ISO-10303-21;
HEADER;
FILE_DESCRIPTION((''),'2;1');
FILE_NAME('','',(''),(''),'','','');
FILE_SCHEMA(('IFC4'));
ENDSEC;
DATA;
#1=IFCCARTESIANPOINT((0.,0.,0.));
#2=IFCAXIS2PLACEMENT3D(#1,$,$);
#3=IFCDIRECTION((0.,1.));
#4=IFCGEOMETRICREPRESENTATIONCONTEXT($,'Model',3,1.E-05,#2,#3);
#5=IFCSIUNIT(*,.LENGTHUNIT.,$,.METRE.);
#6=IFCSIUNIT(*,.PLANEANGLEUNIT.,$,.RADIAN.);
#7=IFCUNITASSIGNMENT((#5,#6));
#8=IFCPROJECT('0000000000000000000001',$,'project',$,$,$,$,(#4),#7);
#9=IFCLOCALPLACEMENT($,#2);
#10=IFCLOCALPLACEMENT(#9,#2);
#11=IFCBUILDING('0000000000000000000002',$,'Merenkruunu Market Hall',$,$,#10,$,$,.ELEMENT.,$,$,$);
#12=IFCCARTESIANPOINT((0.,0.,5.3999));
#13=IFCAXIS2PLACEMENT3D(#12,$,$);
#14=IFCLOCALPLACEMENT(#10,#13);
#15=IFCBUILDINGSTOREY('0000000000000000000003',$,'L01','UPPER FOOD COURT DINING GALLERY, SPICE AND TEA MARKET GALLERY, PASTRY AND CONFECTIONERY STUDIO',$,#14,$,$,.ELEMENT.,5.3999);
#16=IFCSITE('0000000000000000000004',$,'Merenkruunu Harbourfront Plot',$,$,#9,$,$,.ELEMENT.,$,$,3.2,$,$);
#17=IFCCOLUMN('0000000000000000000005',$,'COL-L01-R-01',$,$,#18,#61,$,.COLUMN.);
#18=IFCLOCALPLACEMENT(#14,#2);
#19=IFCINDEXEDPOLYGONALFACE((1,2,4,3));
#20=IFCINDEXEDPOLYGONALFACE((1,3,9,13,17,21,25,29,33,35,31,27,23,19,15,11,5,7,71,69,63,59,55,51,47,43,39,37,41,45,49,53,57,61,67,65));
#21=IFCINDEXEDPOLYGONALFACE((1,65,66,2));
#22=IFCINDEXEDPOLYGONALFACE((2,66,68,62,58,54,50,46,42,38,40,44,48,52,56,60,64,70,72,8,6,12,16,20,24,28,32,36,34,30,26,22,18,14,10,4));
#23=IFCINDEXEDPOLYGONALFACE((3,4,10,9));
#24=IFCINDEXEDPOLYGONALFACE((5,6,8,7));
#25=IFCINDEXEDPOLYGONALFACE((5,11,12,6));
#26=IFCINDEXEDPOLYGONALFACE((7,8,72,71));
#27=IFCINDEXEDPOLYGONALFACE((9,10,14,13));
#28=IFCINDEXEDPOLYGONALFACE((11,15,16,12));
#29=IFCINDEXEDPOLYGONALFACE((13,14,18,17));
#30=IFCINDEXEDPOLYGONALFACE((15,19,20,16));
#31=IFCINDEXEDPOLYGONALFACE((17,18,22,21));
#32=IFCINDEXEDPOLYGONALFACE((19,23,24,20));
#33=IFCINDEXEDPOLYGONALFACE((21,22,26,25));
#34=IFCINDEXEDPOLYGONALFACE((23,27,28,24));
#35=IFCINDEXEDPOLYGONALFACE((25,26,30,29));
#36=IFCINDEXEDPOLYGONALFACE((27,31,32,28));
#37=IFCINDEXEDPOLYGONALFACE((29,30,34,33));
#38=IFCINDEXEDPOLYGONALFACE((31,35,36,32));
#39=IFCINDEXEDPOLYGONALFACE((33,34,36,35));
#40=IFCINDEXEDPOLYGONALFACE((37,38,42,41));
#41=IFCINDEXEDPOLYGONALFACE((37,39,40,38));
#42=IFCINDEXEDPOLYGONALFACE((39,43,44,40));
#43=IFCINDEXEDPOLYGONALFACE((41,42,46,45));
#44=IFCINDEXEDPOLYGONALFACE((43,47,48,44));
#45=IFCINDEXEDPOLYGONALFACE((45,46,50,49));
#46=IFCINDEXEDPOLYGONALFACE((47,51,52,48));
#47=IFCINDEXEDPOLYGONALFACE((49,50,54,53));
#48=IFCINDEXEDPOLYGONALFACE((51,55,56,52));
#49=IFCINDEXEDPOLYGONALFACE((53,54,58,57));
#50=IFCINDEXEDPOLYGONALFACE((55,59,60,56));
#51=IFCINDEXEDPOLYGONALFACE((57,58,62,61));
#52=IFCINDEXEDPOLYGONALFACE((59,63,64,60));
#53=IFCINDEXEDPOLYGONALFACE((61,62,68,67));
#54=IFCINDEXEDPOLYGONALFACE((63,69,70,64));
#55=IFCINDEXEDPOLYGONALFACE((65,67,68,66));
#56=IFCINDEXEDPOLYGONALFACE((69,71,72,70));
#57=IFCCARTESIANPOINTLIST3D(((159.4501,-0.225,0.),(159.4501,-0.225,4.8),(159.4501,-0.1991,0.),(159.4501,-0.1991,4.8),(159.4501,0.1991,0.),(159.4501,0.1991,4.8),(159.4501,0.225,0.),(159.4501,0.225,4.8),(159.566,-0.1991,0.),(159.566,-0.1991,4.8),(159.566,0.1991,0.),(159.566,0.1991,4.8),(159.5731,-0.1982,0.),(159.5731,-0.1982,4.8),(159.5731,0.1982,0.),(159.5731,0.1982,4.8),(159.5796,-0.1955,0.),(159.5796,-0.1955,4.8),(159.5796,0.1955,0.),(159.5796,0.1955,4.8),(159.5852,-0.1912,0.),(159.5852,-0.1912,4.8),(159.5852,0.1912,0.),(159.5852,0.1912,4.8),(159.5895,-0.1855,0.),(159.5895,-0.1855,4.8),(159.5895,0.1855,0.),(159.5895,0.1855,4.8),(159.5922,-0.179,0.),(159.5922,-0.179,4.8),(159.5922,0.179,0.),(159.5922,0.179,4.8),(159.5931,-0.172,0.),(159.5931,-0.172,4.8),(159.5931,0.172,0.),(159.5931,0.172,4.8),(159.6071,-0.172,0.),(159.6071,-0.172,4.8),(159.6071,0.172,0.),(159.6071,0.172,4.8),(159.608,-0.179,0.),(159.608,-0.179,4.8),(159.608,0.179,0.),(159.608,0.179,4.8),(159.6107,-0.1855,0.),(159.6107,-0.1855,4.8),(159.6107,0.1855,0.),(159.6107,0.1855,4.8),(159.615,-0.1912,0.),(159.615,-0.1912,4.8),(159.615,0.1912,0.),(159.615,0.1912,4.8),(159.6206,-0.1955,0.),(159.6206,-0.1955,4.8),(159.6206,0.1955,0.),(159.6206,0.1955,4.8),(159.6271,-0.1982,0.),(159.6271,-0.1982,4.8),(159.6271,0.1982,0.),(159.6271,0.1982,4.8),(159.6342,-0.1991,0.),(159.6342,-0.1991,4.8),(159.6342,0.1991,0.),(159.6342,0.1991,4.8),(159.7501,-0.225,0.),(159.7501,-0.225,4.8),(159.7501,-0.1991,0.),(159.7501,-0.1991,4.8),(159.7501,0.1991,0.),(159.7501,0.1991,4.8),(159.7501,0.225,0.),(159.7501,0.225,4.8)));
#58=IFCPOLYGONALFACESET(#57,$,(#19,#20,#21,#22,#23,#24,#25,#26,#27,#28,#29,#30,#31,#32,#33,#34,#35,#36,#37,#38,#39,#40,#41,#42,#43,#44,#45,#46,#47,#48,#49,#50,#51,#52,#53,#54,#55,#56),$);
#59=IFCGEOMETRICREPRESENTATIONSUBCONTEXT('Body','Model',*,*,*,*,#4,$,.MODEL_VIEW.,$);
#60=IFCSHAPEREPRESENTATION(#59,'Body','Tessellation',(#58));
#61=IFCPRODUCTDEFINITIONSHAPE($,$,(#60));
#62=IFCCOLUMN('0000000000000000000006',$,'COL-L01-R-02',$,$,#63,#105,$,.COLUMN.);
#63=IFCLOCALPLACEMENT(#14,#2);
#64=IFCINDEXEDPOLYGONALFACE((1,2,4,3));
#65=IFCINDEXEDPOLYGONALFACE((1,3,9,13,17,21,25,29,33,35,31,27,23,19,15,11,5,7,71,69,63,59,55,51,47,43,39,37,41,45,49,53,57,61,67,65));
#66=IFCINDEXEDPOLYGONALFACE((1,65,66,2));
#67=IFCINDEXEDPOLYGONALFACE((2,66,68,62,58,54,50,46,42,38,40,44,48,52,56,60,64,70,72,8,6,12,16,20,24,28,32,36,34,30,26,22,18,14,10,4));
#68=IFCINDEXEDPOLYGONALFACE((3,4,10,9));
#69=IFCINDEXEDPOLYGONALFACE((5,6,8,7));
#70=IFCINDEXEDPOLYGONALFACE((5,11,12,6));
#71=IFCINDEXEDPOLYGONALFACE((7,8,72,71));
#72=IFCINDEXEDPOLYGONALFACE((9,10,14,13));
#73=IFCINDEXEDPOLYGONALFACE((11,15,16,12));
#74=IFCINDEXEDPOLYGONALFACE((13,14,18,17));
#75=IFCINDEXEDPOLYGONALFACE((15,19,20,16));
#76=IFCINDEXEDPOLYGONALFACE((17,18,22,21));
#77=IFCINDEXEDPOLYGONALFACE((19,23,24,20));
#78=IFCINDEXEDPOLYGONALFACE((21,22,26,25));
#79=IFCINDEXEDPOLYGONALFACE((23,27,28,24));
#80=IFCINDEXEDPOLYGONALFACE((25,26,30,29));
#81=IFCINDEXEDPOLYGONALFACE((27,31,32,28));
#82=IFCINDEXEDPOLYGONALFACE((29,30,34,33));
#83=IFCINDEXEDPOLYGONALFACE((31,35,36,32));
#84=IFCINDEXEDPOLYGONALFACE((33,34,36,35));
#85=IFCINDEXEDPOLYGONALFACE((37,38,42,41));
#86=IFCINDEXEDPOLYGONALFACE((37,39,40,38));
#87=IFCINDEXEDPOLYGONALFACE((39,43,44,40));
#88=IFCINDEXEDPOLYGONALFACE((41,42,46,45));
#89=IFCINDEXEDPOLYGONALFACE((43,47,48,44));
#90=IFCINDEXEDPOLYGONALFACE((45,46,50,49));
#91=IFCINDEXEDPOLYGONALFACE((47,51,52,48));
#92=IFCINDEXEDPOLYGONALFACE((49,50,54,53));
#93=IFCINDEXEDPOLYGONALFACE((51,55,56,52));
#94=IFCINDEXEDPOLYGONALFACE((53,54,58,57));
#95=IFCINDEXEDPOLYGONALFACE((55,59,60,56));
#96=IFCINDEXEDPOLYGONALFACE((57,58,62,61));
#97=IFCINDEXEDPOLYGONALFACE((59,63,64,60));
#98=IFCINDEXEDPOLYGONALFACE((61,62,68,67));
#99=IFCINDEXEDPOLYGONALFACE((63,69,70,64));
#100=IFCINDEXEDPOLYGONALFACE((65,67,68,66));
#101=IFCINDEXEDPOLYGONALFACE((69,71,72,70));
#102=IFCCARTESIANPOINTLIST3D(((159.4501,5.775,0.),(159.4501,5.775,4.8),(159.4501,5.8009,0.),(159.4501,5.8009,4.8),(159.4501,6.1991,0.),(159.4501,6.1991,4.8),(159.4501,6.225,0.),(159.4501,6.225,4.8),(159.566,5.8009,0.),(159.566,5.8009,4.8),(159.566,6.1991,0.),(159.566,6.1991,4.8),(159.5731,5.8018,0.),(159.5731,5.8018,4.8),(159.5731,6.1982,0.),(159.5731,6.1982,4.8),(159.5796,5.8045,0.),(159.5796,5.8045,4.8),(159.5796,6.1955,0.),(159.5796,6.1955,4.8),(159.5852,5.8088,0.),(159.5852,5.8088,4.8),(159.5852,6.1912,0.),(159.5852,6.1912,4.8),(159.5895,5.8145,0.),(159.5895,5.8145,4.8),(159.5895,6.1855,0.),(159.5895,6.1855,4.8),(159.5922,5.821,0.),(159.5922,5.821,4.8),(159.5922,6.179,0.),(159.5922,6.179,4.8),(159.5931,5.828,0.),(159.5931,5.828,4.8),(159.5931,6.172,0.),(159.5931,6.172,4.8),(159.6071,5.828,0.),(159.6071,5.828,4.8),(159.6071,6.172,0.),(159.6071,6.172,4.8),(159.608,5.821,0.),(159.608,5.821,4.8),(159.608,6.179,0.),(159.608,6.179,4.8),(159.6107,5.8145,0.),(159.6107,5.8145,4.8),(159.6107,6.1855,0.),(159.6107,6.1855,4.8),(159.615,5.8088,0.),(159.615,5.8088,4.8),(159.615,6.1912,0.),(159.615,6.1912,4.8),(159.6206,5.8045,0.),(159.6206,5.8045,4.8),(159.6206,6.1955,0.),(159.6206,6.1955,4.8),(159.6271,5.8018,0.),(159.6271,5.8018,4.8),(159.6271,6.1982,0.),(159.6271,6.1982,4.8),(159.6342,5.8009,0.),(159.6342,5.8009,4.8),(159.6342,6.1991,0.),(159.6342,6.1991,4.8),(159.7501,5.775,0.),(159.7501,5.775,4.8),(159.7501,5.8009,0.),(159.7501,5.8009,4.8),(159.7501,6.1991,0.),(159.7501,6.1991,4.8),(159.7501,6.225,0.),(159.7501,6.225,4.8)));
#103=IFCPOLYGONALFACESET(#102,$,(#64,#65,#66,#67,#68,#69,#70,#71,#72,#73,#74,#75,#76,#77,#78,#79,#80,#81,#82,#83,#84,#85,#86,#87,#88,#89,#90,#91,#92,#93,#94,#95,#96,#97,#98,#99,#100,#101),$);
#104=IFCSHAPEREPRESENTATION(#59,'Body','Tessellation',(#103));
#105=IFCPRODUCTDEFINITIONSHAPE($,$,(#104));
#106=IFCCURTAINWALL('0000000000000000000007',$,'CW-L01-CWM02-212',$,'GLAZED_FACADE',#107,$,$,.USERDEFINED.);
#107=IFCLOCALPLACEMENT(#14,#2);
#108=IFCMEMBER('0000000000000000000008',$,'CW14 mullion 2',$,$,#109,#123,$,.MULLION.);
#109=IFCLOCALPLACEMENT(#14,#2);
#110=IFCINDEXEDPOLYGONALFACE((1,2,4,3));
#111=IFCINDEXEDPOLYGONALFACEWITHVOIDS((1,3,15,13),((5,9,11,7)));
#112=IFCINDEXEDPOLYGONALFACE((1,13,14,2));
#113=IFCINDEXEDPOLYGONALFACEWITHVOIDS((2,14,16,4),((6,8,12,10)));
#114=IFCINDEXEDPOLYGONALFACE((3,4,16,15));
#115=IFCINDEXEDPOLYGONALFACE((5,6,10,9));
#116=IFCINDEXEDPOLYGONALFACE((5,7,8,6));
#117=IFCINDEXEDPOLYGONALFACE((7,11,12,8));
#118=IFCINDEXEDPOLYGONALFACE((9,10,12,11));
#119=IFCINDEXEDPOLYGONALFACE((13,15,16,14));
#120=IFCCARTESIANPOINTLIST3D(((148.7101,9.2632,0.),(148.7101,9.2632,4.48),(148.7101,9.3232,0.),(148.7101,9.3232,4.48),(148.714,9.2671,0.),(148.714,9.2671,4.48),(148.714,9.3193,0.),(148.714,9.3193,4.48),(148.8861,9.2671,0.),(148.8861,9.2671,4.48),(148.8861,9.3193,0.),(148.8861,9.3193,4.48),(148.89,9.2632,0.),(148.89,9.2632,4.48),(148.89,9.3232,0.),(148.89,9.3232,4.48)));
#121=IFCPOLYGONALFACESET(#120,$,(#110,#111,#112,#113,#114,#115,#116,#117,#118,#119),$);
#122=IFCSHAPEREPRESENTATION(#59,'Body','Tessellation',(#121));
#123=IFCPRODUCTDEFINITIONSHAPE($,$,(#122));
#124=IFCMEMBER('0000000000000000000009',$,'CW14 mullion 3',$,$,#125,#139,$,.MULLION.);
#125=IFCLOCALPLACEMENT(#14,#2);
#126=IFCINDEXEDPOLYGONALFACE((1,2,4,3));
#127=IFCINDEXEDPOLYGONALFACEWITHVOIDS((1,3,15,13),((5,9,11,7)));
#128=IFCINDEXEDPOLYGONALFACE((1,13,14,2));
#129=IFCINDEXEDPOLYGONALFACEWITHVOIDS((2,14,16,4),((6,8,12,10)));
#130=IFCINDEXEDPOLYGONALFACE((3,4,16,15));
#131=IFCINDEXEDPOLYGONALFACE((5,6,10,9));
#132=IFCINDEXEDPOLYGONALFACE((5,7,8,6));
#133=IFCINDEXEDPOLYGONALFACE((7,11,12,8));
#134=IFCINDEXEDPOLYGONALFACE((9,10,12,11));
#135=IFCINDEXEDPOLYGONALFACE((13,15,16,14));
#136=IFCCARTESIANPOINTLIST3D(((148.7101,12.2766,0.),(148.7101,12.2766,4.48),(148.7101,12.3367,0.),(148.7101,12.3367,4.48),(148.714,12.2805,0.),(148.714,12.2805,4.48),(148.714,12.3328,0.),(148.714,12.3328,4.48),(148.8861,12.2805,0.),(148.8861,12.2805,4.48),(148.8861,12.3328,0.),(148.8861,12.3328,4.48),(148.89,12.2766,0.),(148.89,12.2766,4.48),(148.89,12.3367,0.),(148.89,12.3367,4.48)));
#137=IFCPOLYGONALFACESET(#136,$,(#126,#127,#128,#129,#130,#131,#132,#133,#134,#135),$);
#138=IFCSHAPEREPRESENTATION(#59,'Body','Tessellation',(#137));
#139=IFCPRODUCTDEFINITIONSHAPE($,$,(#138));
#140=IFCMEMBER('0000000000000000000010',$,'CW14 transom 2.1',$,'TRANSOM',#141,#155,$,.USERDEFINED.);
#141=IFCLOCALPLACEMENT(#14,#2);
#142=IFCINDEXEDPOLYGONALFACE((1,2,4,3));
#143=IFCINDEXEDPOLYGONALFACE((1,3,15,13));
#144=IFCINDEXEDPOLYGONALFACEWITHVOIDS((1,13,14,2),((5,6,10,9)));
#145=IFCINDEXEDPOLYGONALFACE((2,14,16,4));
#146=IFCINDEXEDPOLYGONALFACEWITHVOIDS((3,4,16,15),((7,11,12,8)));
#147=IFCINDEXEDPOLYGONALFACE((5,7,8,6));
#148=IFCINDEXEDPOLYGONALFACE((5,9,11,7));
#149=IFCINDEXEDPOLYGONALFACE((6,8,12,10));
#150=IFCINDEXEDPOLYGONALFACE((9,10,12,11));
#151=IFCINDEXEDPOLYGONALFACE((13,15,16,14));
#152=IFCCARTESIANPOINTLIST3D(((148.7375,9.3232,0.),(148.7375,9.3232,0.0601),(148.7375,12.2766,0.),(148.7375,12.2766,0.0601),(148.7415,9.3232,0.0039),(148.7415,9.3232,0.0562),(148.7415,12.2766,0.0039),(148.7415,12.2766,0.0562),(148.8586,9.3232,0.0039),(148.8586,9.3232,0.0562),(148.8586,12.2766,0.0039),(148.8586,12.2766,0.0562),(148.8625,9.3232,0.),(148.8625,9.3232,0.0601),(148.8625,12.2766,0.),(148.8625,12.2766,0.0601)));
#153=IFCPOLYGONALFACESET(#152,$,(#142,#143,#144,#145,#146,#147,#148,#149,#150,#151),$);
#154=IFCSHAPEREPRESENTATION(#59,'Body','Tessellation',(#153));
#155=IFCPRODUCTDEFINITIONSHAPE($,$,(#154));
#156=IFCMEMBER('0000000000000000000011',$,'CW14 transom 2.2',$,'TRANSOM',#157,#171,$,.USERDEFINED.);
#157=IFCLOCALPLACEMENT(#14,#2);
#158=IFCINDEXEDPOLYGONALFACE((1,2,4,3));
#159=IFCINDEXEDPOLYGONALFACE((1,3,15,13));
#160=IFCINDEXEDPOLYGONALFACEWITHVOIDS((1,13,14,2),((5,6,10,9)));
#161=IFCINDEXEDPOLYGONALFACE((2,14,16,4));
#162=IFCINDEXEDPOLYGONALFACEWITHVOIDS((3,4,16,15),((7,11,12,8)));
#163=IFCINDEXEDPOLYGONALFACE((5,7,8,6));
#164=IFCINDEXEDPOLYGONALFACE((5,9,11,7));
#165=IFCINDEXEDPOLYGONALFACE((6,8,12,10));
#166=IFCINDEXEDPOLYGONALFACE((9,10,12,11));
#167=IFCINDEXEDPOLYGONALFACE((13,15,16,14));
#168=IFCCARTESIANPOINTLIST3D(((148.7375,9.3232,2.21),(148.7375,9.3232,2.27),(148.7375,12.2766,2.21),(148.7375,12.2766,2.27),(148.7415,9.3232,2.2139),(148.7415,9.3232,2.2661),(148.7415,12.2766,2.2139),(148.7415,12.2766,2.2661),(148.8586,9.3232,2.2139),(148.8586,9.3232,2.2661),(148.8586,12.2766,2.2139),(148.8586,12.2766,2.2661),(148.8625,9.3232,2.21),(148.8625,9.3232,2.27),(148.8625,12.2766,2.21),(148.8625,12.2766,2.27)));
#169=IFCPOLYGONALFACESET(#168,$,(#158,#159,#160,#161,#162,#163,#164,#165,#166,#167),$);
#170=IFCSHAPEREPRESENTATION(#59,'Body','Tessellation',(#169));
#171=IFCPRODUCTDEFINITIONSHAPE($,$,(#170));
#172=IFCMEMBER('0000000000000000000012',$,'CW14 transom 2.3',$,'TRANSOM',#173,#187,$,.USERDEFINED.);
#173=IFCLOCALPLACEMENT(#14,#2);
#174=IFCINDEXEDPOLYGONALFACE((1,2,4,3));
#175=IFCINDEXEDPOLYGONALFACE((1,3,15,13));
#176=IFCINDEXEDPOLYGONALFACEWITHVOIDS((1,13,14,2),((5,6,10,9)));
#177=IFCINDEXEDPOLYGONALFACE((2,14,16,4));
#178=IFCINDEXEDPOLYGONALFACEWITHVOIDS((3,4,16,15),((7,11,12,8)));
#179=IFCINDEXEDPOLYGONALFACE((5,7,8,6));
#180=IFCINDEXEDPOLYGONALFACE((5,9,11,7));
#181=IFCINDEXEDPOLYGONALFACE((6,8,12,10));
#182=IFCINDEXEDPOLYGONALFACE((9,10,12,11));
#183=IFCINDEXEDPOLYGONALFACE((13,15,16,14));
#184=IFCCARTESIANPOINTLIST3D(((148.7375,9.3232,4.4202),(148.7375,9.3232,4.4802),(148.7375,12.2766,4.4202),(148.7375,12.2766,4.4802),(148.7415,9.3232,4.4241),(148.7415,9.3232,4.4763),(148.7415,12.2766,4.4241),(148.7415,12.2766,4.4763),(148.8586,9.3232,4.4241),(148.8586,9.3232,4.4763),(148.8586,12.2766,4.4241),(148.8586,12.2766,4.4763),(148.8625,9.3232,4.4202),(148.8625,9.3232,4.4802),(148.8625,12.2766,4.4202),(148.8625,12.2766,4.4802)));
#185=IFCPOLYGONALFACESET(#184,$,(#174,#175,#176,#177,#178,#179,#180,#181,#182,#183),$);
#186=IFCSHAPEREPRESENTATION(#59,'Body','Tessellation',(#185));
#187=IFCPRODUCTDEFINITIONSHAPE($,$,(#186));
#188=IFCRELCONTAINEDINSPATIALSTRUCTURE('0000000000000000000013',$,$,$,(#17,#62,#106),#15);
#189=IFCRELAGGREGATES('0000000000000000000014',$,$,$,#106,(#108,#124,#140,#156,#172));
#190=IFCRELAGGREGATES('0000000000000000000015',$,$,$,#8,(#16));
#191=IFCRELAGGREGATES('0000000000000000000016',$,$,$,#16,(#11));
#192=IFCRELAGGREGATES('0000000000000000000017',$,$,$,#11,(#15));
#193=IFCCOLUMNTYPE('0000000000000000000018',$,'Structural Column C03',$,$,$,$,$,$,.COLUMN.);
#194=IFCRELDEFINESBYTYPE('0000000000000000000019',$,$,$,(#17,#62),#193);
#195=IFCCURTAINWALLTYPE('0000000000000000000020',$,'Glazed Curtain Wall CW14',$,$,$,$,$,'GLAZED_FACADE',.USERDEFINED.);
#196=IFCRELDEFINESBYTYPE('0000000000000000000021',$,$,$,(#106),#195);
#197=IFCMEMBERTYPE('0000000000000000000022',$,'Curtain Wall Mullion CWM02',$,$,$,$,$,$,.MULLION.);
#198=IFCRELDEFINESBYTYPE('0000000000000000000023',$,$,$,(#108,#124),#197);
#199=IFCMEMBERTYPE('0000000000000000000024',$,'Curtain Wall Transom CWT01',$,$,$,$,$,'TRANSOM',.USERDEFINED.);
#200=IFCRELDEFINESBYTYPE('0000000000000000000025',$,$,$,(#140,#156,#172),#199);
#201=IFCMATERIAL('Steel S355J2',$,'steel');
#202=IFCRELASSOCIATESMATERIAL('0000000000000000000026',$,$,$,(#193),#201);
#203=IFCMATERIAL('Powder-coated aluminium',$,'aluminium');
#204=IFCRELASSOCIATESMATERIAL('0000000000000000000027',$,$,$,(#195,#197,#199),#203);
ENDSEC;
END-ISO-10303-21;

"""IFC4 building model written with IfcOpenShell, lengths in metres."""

from ifc_helpers import new_model, si_unit, direction, frame, origin, origin_2d, place, context, subcontext, project, spatial, hollow_rectangle, i_section, extrude, material, material_profile, profile_set, type_object, element, aggregate, save


model = new_model("IFC4")

# Units and contexts
model_context = context("Model", 3, precision=1e-05, world=origin(), true_north=direction((0.0, 1.0)))
body_context = subcontext(model_context, "Body", "Model", "MODEL_VIEW")
ifc_project = project(units=[si_unit("LENGTHUNIT", "METRE"), si_unit("PLANEANGLEUNIT", "RADIAN")], contexts=[model_context])

# Site, building, storey
site_placement = place(None, origin())
site = spatial("IfcSite", under=ifc_project, at=site_placement, Name="Merenkruunu Harbourfront Plot", CompositionType="ELEMENT", RefElevation=3.2)
building_placement = place(site_placement, origin())
building = spatial("IfcBuilding", under=site, at=building_placement, Name="Merenkruunu Market Hall", CompositionType="ELEMENT")
storey_placement = place(building_placement, frame((0.0, 0.0, 5.3999)))
storey = spatial("IfcBuildingStorey", under=building, at=storey_placement, Name="L01", Description="UPPER FOOD COURT DINING GALLERY, SPICE AND TEA MARKET GALLERY, PASTRY AND CONFECTIONERY STUDIO", CompositionType="ELEMENT", Elevation=5.3999)

# Columns
ifc_material_1 = material(Name="Steel S355J2", Category="steel")
ifc_material_profile_1 = material_profile(ifc_material_1, i_section(OverallWidth=0.3, OverallDepth=0.45, WebThickness=0.0139, FlangeThickness=0.0259, FilletRadius=0.0271, at=origin_2d()), Name="HEB 450")
ifc_profile_set_1 = profile_set([ifc_material_profile_1], Name="Steel S355J2")
column_type = type_object("IfcColumnType", Name="Structural Column C03", PredefinedType="COLUMN", material=ifc_profile_set_1)
for number, where, z_axis, x_axis, name in (
    (1, (159.6001, 0.0, 0.0), (0.0, 0.0, 1.0), (1.0, 0.0, 0.0), "COL-L01-R-01"),
    (2, (159.6001, 6.0, 0.0), (0.0, 0.0, 1.0), (1.0, 0.0, 0.0), "COL-L01-R-02"),
):
    element("IfcColumn", number, at=place(storey_placement, frame(where, z_axis=z_axis, x_axis=x_axis)), inside=storey, type_object=column_type, Name=name, PredefinedType="COLUMN", context=body_context, shape_type="SweptSolid", body=[
        extrude(i_section(OverallWidth=0.3, OverallDepth=0.45, WebThickness=0.0139, FlangeThickness=0.0259, FilletRadius=0.0271, at=origin_2d()), origin(), (0.0, 0.0, 1.0), 4.8),
    ])

# Curtain wall, members
ifc_material_2 = material(Name="Powder-coated aluminium", Category="aluminium")
curtain_wall_type = type_object("IfcCurtainWallType", Name="Glazed Curtain Wall CW14", ElementType="GLAZED_FACADE", PredefinedType="USERDEFINED", material=ifc_material_2)
curtain_wall_placement = place(storey_placement, origin())
curtain_wall = element("IfcCurtainWall", 3, at=curtain_wall_placement, inside=storey, type_object=curtain_wall_type, Name="CW-L01-CWM02-212", ObjectType="GLAZED_FACADE", PredefinedType="USERDEFINED")
ifc_material_profile_2 = material_profile(ifc_material_2, hollow_rectangle(XDim=0.0601, YDim=0.1799, WallThickness=0.0039, at=origin_2d()), Name="ALU 60x180x4")
ifc_profile_set_2 = profile_set([ifc_material_profile_2], Name="Powder-coated aluminium")
member_type_1 = type_object("IfcMemberType", Name="Curtain Wall Mullion CWM02", PredefinedType="MULLION", material=ifc_profile_set_2)
member_1_placement = place(storey_placement, frame((148.8, 9.2932, 0.0), z_axis=(0.0, 0.0, 1.0), x_axis=(0.0, 1.0, 0.0)))
member_1 = element("IfcMember", 4, at=member_1_placement, type_object=member_type_1, Name="CW14 mullion 2", PredefinedType="MULLION", context=body_context, shape_type="SweptSolid", body=[
    extrude(hollow_rectangle(XDim=0.0601, YDim=0.1799, WallThickness=0.0039, at=origin_2d()), origin(), (0.0, 0.0, 1.0), 4.48),
])
member_2_placement = place(storey_placement, frame((148.8, 12.3066, 0.0), z_axis=(0.0, 0.0, 1.0), x_axis=(0.0, 1.0, 0.0)))
member_2 = element("IfcMember", 5, at=member_2_placement, type_object=member_type_1, Name="CW14 mullion 3", PredefinedType="MULLION", context=body_context, shape_type="SweptSolid", body=[
    extrude(hollow_rectangle(XDim=0.0601, YDim=0.1799, WallThickness=0.0039, at=origin_2d()), origin(), (0.0, 0.0, 1.0), 4.48),
])
ifc_material_profile_3 = material_profile(ifc_material_2, hollow_rectangle(XDim=0.0601, YDim=0.125, WallThickness=0.0039, at=origin_2d()), Name="ALU 60x125x4")
ifc_profile_set_3 = profile_set([ifc_material_profile_3], Name="Powder-coated aluminium")
member_type_2 = type_object("IfcMemberType", Name="Curtain Wall Transom CWT01", ElementType="TRANSOM", PredefinedType="USERDEFINED", material=ifc_profile_set_3)
member_3_placement = place(storey_placement, frame((148.8, 9.3232, 0.03), z_axis=(0.0, 1.0, 0.0), x_axis=(0.0, 0.0, 1.0)))
member_3 = element("IfcMember", 6, at=member_3_placement, type_object=member_type_2, Name="CW14 transom 2.1", ObjectType="TRANSOM", PredefinedType="USERDEFINED", context=body_context, shape_type="SweptSolid", body=[
    extrude(hollow_rectangle(XDim=0.0601, YDim=0.125, WallThickness=0.0039, at=origin_2d()), origin(), (0.0, 0.0, 1.0), 2.9534),
])
member_4_placement = place(storey_placement, frame((148.8, 9.3232, 2.24), z_axis=(0.0, 1.0, 0.0), x_axis=(0.0, 0.0, 1.0)))
member_4 = element("IfcMember", 7, at=member_4_placement, type_object=member_type_2, Name="CW14 transom 2.2", ObjectType="TRANSOM", PredefinedType="USERDEFINED", context=body_context, shape_type="SweptSolid", body=[
    extrude(hollow_rectangle(XDim=0.0601, YDim=0.125, WallThickness=0.0039, at=origin_2d()), origin(), (0.0, 0.0, 1.0), 2.9534),
])
member_5_placement = place(storey_placement, frame((148.8, 9.3232, 4.4502), z_axis=(0.0, 1.0, 0.0), x_axis=(0.0, 0.0, 1.0)))
member_5 = element("IfcMember", 8, at=member_5_placement, type_object=member_type_2, Name="CW14 transom 2.3", ObjectType="TRANSOM", PredefinedType="USERDEFINED", context=body_context, shape_type="SweptSolid", body=[
    extrude(hollow_rectangle(XDim=0.0601, YDim=0.125, WallThickness=0.0039, at=origin_2d()), origin(), (0.0, 0.0, 1.0), 2.9534),
])

aggregate(curtain_wall, [member_1, member_2, member_3, member_4, member_5])

save(model, "model.ifc")
